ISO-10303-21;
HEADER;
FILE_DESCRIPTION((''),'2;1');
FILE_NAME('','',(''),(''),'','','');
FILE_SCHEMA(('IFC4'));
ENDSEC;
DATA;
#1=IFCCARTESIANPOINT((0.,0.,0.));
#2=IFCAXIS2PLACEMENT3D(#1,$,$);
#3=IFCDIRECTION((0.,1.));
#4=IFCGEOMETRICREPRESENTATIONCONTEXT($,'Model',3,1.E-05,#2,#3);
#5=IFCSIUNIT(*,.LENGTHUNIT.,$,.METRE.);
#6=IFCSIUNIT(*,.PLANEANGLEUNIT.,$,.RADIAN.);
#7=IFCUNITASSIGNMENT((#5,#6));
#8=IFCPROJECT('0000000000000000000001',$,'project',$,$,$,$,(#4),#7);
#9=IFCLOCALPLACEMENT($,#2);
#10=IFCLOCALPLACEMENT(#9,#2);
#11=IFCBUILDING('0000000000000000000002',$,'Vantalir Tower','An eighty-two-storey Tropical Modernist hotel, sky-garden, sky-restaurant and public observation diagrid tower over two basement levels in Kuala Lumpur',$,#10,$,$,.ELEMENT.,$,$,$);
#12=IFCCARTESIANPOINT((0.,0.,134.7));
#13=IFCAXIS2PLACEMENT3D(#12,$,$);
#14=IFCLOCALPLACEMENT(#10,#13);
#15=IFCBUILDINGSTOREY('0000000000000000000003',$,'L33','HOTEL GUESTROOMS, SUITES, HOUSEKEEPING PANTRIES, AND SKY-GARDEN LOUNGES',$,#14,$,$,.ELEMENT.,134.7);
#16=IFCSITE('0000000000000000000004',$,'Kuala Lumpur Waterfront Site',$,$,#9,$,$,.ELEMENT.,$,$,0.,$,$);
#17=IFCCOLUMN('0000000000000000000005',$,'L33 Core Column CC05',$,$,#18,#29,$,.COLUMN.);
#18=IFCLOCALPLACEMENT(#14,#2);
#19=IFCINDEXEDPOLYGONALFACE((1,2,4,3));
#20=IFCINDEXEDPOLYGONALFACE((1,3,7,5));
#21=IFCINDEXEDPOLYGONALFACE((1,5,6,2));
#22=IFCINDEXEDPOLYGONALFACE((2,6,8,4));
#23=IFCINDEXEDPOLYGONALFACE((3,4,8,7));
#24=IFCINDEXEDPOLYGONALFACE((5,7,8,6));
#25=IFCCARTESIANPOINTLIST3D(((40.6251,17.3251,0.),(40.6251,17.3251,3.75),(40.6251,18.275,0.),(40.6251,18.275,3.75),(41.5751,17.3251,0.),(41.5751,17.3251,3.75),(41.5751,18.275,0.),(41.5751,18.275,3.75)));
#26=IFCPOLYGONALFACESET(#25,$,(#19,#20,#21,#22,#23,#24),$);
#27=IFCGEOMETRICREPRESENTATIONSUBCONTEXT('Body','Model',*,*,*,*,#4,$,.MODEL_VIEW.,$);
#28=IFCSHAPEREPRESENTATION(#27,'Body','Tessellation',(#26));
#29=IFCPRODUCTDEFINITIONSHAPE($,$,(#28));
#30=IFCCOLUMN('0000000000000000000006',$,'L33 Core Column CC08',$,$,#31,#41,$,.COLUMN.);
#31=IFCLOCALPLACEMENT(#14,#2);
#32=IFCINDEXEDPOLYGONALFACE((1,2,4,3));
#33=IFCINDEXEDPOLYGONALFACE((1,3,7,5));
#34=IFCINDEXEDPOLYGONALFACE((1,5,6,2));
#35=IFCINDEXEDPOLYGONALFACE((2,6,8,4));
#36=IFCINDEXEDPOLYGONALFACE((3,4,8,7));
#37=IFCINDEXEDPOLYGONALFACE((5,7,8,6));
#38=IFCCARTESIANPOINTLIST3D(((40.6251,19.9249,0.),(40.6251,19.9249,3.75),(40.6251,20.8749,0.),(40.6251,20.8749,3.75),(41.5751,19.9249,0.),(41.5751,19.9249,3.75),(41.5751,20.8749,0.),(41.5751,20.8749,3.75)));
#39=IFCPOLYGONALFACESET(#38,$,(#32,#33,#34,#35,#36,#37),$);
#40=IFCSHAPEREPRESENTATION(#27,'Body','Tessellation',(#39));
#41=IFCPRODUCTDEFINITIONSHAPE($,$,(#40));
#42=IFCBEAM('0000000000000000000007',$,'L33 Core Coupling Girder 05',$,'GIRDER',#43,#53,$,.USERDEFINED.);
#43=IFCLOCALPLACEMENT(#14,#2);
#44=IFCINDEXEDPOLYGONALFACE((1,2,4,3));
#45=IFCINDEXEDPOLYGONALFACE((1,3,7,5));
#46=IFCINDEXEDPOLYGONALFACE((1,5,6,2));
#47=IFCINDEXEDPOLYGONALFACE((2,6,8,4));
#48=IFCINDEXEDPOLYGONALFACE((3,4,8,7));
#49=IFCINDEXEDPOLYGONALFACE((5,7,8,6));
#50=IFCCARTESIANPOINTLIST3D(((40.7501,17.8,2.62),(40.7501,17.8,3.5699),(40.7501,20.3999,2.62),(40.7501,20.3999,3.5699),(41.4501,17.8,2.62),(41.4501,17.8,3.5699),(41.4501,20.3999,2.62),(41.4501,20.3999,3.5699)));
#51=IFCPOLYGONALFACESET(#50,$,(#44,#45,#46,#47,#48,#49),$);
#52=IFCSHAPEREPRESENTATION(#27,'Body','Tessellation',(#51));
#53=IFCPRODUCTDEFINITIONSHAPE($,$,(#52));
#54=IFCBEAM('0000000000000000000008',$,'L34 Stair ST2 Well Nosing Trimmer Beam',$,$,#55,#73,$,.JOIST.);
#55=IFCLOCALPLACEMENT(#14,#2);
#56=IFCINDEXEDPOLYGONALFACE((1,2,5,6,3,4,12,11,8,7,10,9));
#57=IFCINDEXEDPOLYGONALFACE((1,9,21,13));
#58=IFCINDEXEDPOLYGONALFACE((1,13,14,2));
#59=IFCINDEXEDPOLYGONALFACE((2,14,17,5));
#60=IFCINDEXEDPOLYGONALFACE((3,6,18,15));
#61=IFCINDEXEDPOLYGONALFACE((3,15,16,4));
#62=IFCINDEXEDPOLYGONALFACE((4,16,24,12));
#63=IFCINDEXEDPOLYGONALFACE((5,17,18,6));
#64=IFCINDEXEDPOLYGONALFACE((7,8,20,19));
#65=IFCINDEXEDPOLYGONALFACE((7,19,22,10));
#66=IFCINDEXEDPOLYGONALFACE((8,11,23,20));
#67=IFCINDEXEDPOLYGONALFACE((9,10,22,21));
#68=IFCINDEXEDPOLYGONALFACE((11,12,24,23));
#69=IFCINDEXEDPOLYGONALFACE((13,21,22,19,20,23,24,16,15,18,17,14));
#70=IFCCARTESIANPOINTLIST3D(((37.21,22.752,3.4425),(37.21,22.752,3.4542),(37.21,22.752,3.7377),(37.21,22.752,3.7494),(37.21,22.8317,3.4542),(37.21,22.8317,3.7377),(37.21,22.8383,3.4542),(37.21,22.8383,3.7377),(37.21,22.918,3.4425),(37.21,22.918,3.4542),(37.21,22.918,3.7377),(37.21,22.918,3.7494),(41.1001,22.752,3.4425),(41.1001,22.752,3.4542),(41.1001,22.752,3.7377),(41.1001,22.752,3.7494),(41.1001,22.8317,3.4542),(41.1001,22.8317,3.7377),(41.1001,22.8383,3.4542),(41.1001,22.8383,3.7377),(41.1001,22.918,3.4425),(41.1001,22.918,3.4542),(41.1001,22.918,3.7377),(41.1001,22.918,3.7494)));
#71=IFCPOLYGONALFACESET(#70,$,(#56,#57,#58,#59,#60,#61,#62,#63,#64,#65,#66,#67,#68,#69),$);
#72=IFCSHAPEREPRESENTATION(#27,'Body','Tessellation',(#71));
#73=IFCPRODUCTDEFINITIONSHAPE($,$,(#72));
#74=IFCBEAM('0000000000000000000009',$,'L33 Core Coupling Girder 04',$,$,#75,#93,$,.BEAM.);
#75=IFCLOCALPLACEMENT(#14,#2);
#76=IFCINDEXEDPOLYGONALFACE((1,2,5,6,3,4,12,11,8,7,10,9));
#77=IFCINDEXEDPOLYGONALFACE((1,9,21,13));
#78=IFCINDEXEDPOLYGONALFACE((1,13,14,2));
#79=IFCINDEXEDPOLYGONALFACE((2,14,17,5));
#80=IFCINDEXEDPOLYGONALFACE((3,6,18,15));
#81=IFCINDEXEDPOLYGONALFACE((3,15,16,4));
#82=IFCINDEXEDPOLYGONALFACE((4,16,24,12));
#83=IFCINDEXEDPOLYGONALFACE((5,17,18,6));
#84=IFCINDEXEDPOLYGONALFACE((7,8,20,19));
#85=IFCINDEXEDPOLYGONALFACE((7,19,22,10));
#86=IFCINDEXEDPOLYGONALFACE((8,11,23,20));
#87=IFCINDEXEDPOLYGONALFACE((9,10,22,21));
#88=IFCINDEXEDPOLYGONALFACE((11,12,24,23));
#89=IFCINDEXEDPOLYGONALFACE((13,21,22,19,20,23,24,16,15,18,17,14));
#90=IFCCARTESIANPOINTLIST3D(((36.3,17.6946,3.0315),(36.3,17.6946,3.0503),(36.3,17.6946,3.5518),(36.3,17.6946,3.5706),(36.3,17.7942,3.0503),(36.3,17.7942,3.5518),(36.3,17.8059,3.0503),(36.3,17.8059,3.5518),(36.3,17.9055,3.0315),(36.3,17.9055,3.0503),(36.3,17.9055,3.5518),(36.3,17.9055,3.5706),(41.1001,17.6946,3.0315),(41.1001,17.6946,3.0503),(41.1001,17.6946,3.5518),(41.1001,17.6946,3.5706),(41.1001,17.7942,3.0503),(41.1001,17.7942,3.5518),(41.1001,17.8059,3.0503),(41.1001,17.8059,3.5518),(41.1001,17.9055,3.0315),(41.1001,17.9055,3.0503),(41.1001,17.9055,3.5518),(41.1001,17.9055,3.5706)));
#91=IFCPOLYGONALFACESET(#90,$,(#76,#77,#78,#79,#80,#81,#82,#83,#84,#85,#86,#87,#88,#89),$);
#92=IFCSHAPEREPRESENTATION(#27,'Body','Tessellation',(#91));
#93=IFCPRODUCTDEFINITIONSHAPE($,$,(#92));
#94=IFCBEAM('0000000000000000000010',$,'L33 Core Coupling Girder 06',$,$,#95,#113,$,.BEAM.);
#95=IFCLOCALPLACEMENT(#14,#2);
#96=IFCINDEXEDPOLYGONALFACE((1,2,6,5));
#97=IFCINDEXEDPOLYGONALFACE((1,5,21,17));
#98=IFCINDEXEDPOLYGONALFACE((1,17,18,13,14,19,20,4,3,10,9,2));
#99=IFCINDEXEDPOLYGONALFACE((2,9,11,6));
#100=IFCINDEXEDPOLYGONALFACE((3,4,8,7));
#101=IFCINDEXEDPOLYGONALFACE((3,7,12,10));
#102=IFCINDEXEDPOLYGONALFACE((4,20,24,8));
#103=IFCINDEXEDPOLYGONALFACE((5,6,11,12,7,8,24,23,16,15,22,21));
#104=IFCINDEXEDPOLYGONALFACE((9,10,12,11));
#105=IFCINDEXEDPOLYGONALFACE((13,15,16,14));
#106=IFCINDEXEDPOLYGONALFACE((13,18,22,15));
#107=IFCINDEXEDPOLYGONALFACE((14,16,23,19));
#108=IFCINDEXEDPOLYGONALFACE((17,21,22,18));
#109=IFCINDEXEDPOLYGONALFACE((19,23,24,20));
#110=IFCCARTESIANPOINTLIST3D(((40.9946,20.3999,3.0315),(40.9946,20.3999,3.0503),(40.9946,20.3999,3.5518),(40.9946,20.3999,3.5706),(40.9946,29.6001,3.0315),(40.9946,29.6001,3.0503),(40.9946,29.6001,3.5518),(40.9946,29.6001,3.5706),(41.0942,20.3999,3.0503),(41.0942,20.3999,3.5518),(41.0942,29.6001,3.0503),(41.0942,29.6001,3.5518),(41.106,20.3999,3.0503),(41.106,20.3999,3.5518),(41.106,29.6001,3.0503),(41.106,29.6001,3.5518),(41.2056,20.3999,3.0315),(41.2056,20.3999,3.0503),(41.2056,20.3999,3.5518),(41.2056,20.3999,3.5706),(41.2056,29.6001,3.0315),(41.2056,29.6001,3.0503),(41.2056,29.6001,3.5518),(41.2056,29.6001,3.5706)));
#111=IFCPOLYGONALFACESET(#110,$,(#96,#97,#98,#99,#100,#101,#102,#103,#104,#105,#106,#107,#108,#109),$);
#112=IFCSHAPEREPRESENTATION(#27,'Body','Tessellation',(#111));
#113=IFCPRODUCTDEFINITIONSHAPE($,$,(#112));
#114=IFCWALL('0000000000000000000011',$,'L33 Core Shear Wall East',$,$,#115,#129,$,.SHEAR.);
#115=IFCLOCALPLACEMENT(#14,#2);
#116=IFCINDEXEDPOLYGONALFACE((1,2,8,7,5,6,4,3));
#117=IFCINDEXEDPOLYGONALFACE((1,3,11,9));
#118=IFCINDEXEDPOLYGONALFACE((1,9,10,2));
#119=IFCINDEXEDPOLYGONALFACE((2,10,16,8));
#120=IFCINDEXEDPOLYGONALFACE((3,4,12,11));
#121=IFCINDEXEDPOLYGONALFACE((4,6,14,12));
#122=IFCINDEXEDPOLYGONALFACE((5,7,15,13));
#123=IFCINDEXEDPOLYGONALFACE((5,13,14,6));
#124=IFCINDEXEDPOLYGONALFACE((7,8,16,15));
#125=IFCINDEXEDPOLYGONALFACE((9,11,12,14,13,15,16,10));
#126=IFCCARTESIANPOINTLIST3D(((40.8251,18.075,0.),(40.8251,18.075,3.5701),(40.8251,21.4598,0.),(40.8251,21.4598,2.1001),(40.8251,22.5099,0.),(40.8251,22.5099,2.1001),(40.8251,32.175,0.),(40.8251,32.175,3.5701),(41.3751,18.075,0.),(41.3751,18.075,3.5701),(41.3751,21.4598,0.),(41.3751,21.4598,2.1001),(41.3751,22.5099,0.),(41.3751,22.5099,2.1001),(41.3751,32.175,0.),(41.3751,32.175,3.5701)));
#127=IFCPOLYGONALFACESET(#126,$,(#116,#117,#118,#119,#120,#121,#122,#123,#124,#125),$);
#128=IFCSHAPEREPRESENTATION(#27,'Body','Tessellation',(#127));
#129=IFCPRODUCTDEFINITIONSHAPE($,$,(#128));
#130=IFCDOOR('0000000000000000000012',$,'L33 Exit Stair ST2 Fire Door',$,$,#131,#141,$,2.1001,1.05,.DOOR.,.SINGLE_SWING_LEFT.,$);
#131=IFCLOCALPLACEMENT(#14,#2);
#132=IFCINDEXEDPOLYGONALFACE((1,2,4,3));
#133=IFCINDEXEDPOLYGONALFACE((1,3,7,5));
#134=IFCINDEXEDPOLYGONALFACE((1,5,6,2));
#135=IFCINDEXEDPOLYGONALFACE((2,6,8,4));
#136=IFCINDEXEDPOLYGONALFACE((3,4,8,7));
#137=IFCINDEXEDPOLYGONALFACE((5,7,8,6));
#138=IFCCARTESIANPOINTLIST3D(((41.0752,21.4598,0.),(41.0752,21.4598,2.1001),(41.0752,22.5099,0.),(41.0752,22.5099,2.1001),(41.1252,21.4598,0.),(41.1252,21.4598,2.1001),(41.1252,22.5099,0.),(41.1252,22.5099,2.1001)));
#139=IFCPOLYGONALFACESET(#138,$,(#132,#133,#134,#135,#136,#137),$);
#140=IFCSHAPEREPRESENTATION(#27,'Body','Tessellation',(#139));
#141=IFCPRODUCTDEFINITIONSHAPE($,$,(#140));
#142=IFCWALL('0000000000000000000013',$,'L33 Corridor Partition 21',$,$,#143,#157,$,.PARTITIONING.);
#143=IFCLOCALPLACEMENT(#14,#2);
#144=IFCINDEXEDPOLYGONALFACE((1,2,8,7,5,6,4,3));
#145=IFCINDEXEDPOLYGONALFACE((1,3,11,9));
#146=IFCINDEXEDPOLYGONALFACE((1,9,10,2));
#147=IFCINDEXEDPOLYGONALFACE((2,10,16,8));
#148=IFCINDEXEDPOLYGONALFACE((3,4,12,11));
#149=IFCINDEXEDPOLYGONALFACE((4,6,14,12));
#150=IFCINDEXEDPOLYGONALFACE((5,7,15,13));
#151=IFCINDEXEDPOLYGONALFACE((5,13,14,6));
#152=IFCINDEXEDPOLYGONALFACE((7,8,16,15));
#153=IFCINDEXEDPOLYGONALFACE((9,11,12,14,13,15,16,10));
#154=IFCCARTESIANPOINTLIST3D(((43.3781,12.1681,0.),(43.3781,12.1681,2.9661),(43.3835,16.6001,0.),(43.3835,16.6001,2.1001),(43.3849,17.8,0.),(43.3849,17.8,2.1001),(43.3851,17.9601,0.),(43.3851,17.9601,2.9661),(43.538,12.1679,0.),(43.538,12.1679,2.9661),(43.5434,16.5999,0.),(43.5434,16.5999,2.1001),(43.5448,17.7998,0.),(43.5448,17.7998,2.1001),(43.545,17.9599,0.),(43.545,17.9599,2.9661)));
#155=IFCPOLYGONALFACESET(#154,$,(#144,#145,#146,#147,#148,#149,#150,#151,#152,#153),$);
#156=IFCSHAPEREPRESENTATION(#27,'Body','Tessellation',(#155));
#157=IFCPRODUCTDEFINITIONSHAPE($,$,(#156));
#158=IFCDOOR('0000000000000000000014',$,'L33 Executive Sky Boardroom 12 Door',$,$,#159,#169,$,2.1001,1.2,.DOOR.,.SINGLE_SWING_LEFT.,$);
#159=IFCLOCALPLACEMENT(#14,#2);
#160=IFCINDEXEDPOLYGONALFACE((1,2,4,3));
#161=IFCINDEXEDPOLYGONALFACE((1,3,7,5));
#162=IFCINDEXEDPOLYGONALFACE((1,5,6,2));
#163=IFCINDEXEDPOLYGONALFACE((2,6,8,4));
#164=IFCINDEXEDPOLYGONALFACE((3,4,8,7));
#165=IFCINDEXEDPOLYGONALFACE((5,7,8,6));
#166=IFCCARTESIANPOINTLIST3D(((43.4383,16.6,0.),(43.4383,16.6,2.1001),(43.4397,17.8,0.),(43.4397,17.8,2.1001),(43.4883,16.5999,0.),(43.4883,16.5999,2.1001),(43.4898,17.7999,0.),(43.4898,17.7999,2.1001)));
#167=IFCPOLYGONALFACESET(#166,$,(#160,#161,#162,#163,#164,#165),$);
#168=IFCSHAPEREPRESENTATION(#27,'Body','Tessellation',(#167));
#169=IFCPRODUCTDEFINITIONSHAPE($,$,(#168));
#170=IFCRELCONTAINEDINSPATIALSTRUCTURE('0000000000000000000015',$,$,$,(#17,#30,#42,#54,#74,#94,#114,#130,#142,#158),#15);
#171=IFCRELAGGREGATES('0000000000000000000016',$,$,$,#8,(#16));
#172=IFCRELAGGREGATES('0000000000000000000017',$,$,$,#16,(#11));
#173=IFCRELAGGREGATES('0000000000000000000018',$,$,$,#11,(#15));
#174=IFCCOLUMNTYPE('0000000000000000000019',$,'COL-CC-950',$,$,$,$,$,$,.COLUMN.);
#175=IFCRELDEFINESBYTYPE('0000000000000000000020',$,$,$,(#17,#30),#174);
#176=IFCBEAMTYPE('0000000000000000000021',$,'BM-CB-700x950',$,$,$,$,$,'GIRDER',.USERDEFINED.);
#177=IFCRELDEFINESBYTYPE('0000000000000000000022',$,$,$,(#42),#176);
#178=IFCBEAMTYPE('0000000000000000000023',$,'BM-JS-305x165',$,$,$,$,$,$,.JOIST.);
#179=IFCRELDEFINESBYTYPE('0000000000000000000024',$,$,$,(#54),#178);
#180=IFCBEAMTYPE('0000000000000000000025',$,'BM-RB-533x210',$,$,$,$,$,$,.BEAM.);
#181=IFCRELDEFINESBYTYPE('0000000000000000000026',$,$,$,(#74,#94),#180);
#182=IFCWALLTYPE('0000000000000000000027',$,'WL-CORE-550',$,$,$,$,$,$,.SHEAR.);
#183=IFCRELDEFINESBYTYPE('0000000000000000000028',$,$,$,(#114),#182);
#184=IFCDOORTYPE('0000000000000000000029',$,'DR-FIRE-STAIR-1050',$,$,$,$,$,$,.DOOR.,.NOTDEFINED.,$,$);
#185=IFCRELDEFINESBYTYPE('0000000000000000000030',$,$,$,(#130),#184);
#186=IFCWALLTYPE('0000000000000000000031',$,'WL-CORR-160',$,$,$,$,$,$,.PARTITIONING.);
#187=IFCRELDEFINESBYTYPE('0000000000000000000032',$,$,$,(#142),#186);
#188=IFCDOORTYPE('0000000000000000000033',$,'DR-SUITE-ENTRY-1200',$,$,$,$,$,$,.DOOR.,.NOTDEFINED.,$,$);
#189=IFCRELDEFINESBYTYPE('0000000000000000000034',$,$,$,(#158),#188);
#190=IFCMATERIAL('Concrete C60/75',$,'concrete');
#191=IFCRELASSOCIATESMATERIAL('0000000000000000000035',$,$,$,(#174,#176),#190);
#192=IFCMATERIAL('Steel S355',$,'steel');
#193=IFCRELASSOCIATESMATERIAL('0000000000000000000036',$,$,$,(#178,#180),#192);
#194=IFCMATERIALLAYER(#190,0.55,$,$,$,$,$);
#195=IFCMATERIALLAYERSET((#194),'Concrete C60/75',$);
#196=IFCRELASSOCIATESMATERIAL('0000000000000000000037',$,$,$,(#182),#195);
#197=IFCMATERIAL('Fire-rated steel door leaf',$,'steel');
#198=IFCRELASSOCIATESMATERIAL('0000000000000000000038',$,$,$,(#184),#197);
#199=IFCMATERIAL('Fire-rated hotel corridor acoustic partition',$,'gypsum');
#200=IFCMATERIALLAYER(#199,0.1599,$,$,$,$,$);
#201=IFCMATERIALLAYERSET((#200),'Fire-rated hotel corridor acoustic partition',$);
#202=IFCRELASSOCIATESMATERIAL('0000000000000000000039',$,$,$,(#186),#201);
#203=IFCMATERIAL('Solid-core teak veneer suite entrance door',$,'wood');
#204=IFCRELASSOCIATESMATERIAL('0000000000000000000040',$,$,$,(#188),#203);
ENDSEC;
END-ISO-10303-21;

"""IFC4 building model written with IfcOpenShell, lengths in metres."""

from ifc_helpers import new_model, si_unit, direction, frame, frame_2d, origin, origin_2d, place, context, subcontext, project, spatial, rectangle, i_section, extrude, material, layer, layer_set, material_profile, profile_set, type_object, element, fill, save


model = new_model("IFC4")

# Units and contexts
model_context = context("Model", 3, precision=1e-05, world=origin(), true_north=direction((0.0, 1.0)))
body_context = subcontext(model_context, "Body", "Model", "MODEL_VIEW")
ifc_project = project(units=[si_unit("LENGTHUNIT", "METRE"), si_unit("PLANEANGLEUNIT", "RADIAN")], contexts=[model_context])

# Site, building, storey
site_placement = place(None, origin())
site = spatial("IfcSite", under=ifc_project, at=site_placement, Name="Kuala Lumpur Waterfront Site", CompositionType="ELEMENT", RefElevation=0.0)
building_placement = place(site_placement, origin())
building = spatial("IfcBuilding", under=site, at=building_placement, Name="Vantalir Tower", Description="An eighty-two-storey Tropical Modernist hotel, sky-garden, sky-restaurant and public observation diagrid tower over two basement levels in Kuala Lumpur", CompositionType="ELEMENT")
storey_placement = place(building_placement, frame((0.0, 0.0, 134.7)))
storey = spatial("IfcBuildingStorey", under=building, at=storey_placement, Name="L33", Description="HOTEL GUESTROOMS, SUITES, HOUSEKEEPING PANTRIES, AND SKY-GARDEN LOUNGES", CompositionType="ELEMENT", Elevation=134.7)

# Columns
ifc_material_1 = material(Name="Concrete C60/75", Category="concrete")
ifc_material_profile_1 = material_profile(ifc_material_1, rectangle(XDim=0.95, YDim=0.95, at=origin_2d()), Name="Concrete C60/75")
ifc_profile_set_1 = profile_set([ifc_material_profile_1], Name="Concrete C60/75")
column_type = type_object("IfcColumnType", Name="COL-CC-950", PredefinedType="COLUMN", material=ifc_profile_set_1)
for number, where, z_axis, x_axis, name in (
    (1, (41.1001, 17.8, 0.0), (0.0, 0.0, 1.0), (1.0, 0.0, 0.0), "L33 Core Column CC05"),
    (2, (41.1001, 20.3999, 0.0), (0.0, 0.0, 1.0), (1.0, 0.0, 0.0), "L33 Core Column CC08"),
):
    element("IfcColumn", number, at=place(storey_placement, frame(where, z_axis=z_axis, x_axis=x_axis)), inside=storey, type_object=column_type, Name=name, PredefinedType="COLUMN", context=body_context, shape_type="SweptSolid", body=[
        extrude(rectangle(XDim=0.95, YDim=0.95, at=origin_2d()), origin(), (0.0, 0.0, 1.0), 3.75),
    ])

# Beams
ifc_material_profile_2 = material_profile(ifc_material_1, rectangle(XDim=0.7, YDim=0.95, at=origin_2d()), Name="Concrete C60/75")
ifc_profile_set_2 = profile_set([ifc_material_profile_2], Name="Concrete C60/75")
beam_type_1 = type_object("IfcBeamType", Name="BM-CB-700x950", ElementType="GIRDER", PredefinedType="USERDEFINED", material=ifc_profile_set_2)
beam_1_placement = place(storey_placement, frame((41.1001, 17.8, 3.095), z_axis=(0.0, 1.0, 0.0), x_axis=(-1.0, 0.0, 0.0)))
element("IfcBeam", 3, at=beam_1_placement, inside=storey, type_object=beam_type_1, Name="L33 Core Coupling Girder 05", ObjectType="GIRDER", PredefinedType="USERDEFINED", context=body_context, shape_type="SweptSolid", body=[
    extrude(rectangle(XDim=0.7, YDim=0.95, at=origin_2d()), origin(), (0.0, 0.0, 1.0), 2.5999),
])
ifc_material_2 = material(Name="Steel S355", Category="steel")
ifc_material_profile_3 = material_profile(ifc_material_2, i_section(OverallWidth=0.166, OverallDepth=0.3069, WebThickness=0.0066, FlangeThickness=0.0117, at=origin_2d()), Name="Steel S355")
ifc_profile_set_3 = profile_set([ifc_material_profile_3], Name="Steel S355")
beam_type_2 = type_object("IfcBeamType", Name="BM-JS-305x165", PredefinedType="JOIST", material=ifc_profile_set_3)
beam_2_placement = place(storey_placement, frame((37.21, 22.835, 3.5959), z_axis=(1.0, 0.0, 0.0), x_axis=(0.0, 1.0, 0.0)))
element("IfcBeam", 4, at=beam_2_placement, inside=storey, type_object=beam_type_2, Name="L34 Stair ST2 Well Nosing Trimmer Beam", PredefinedType="JOIST", context=body_context, shape_type="SweptSolid", body=[
    extrude(i_section(OverallWidth=0.166, OverallDepth=0.3069, WebThickness=0.0066, FlangeThickness=0.0117, at=origin_2d()), origin(), (0.0, 0.0, 1.0), 3.8901),
])
ifc_material_profile_4 = material_profile(ifc_material_2, i_section(OverallWidth=0.2109, OverallDepth=0.5391, WebThickness=0.0117, FlangeThickness=0.0188, at=origin_2d()), Name="Steel S355")
ifc_profile_set_4 = profile_set([ifc_material_profile_4], Name="Steel S355")
beam_type_3 = type_object("IfcBeamType", Name="BM-RB-533x210", PredefinedType="BEAM", material=ifc_profile_set_4)
beam_3_placement = place(storey_placement, frame((36.3, 17.8, 3.301), z_axis=(1.0, 0.0, 0.0), x_axis=(0.0, 1.0, 0.0)))
element("IfcBeam", 5, at=beam_3_placement, inside=storey, type_object=beam_type_3, Name="L33 Core Coupling Girder 04", PredefinedType="BEAM", context=body_context, shape_type="SweptSolid", body=[
    extrude(i_section(OverallWidth=0.2109, OverallDepth=0.5391, WebThickness=0.0117, FlangeThickness=0.0188, at=origin_2d()), origin(), (0.0, 0.0, 1.0), 4.8),
])
beam_4_placement = place(storey_placement, frame((41.1001, 20.3999, 3.301), z_axis=(0.0, 1.0, 0.0), x_axis=(-1.0, 0.0, 0.0)))
element("IfcBeam", 6, at=beam_4_placement, inside=storey, type_object=beam_type_3, Name="L33 Core Coupling Girder 06", PredefinedType="BEAM", context=body_context, shape_type="SweptSolid", body=[
    extrude(i_section(OverallWidth=0.2109, OverallDepth=0.5391, WebThickness=0.0117, FlangeThickness=0.0188, at=origin_2d()), origin(), (0.0, 0.0, 1.0), 9.2002),
])

# Walls, openings, doors
ifc_layer_1 = layer(ifc_material_1, 0.55)
ifc_layer_set_1 = layer_set([ifc_layer_1], Name="Concrete C60/75")
wall_type_1 = type_object("IfcWallType", Name="WL-CORE-550", PredefinedType="SHEAR", material=ifc_layer_set_1)
wall_1_placement = place(storey_placement, frame((41.1001, 18.075, 0.0), z_axis=(0.0, 0.0, 1.0), x_axis=(0.0, 1.0, 0.0)))
wall_1 = element("IfcWall", 7, at=wall_1_placement, inside=storey, type_object=wall_type_1, Name="L33 Core Shear Wall East", PredefinedType="SHEAR", context=body_context, shape_type="SweptSolid", body=[
    extrude(rectangle(XDim=14.1001, YDim=0.55, at=frame_2d((7.05, 0.0))), origin(), (0.0, 0.0, 1.0), 3.5701),
])
opening_1_placement = place(wall_1_placement, frame((3.385, 0.0, 0.0)))
opening_1 = element("IfcOpeningElement", 8, at=opening_1_placement, cuts=wall_1, PredefinedType="OPENING", context=body_context, shape_type="SweptSolid", body=[
    extrude(rectangle(XDim=1.05, YDim=2.1001, at=frame_2d((0.5249, 1.05))), frame((0.0, 0.2849, 0.0), z_axis=(0.0, -1.0, 0.0), x_axis=(1.0, 0.0, 0.0)), (0.0, 0.0, 1.0), 0.5701),
])
ifc_material_3 = material(Name="Fire-rated steel door leaf", Category="steel")
door_type_1 = type_object("IfcDoorType", Name="DR-FIRE-STAIR-1050", OperationType="NOTDEFINED", PredefinedType="DOOR", material=ifc_material_3)
door_1_placement = place(opening_1_placement, origin())
door_1 = element("IfcDoor", 9, at=door_1_placement, inside=storey, type_object=door_type_1, Name="L33 Exit Stair ST2 Fire Door", OperationType="SINGLE_SWING_LEFT", OverallHeight=2.1001, OverallWidth=1.05, PredefinedType="DOOR", context=body_context, shape_type="SweptSolid", body=[
    extrude(rectangle(XDim=1.05, YDim=2.1001, at=frame_2d((0.5249, 1.05))), frame((0.0, 0.0249, 0.0), z_axis=(0.0, -1.0, 0.0), x_axis=(1.0, 0.0, 0.0)), (0.0, 0.0, 1.0), 0.05),
])
fill(opening_1, door_1)
ifc_material_4 = material(Name="Fire-rated hotel corridor acoustic partition", Category="gypsum")
ifc_layer_2 = layer(ifc_material_4, 0.1599)
ifc_layer_set_2 = layer_set([ifc_layer_2], Name="Fire-rated hotel corridor acoustic partition")
wall_type_2 = type_object("IfcWallType", Name="WL-CORR-160", PredefinedType="PARTITIONING", material=ifc_layer_set_2)
wall_2_placement = place(storey_placement, frame((43.4651, 17.96, 0.0), z_axis=(0.0, 0.0, 1.0), x_axis=(-0.001222, -0.999999, 0.0)))
wall_2 = element("IfcWall", 10, at=wall_2_placement, inside=storey, type_object=wall_type_2, Name="L33 Corridor Partition 21", PredefinedType="PARTITIONING", context=body_context, shape_type="SweptSolid", body=[
    extrude(rectangle(XDim=5.792, YDim=0.1599, at=frame_2d((2.896, 0.0))), origin(), (0.0, 0.0, 1.0), 2.9661),
])
opening_2_placement = place(wall_2_placement, frame((0.1599, 0.0, 0.0)))
opening_2 = element("IfcOpeningElement", 11, at=opening_2_placement, cuts=wall_2, PredefinedType="OPENING", context=body_context, shape_type="SweptSolid", body=[
    extrude(rectangle(XDim=1.2, YDim=2.1001, at=frame_2d((0.6001, 1.05))), frame((0.0, 0.0898, 0.0), z_axis=(0.0, -1.0, 0.0), x_axis=(1.0, 0.0, 0.0)), (0.0, 0.0, 1.0), 0.1799),
])
ifc_material_5 = material(Name="Solid-core teak veneer suite entrance door", Category="wood")
door_type_2 = type_object("IfcDoorType", Name="DR-SUITE-ENTRY-1200", OperationType="NOTDEFINED", PredefinedType="DOOR", material=ifc_material_5)
door_2_placement = place(opening_2_placement, origin())
door_2 = element("IfcDoor", 12, at=door_2_placement, inside=storey, type_object=door_type_2, Name="L33 Executive Sky Boardroom 12 Door", OperationType="SINGLE_SWING_LEFT", OverallHeight=2.1001, OverallWidth=1.2, PredefinedType="DOOR", context=body_context, shape_type="SweptSolid", body=[
    extrude(rectangle(XDim=1.2, YDim=2.1001, at=frame_2d((0.6001, 1.05))), frame((0.0, 0.0249, 0.0), z_axis=(0.0, -1.0, 0.0), x_axis=(1.0, 0.0, 0.0)), (0.0, 0.0, 1.0), 0.05),
])
fill(opening_2, door_2)

save(model, "model.ifc")
